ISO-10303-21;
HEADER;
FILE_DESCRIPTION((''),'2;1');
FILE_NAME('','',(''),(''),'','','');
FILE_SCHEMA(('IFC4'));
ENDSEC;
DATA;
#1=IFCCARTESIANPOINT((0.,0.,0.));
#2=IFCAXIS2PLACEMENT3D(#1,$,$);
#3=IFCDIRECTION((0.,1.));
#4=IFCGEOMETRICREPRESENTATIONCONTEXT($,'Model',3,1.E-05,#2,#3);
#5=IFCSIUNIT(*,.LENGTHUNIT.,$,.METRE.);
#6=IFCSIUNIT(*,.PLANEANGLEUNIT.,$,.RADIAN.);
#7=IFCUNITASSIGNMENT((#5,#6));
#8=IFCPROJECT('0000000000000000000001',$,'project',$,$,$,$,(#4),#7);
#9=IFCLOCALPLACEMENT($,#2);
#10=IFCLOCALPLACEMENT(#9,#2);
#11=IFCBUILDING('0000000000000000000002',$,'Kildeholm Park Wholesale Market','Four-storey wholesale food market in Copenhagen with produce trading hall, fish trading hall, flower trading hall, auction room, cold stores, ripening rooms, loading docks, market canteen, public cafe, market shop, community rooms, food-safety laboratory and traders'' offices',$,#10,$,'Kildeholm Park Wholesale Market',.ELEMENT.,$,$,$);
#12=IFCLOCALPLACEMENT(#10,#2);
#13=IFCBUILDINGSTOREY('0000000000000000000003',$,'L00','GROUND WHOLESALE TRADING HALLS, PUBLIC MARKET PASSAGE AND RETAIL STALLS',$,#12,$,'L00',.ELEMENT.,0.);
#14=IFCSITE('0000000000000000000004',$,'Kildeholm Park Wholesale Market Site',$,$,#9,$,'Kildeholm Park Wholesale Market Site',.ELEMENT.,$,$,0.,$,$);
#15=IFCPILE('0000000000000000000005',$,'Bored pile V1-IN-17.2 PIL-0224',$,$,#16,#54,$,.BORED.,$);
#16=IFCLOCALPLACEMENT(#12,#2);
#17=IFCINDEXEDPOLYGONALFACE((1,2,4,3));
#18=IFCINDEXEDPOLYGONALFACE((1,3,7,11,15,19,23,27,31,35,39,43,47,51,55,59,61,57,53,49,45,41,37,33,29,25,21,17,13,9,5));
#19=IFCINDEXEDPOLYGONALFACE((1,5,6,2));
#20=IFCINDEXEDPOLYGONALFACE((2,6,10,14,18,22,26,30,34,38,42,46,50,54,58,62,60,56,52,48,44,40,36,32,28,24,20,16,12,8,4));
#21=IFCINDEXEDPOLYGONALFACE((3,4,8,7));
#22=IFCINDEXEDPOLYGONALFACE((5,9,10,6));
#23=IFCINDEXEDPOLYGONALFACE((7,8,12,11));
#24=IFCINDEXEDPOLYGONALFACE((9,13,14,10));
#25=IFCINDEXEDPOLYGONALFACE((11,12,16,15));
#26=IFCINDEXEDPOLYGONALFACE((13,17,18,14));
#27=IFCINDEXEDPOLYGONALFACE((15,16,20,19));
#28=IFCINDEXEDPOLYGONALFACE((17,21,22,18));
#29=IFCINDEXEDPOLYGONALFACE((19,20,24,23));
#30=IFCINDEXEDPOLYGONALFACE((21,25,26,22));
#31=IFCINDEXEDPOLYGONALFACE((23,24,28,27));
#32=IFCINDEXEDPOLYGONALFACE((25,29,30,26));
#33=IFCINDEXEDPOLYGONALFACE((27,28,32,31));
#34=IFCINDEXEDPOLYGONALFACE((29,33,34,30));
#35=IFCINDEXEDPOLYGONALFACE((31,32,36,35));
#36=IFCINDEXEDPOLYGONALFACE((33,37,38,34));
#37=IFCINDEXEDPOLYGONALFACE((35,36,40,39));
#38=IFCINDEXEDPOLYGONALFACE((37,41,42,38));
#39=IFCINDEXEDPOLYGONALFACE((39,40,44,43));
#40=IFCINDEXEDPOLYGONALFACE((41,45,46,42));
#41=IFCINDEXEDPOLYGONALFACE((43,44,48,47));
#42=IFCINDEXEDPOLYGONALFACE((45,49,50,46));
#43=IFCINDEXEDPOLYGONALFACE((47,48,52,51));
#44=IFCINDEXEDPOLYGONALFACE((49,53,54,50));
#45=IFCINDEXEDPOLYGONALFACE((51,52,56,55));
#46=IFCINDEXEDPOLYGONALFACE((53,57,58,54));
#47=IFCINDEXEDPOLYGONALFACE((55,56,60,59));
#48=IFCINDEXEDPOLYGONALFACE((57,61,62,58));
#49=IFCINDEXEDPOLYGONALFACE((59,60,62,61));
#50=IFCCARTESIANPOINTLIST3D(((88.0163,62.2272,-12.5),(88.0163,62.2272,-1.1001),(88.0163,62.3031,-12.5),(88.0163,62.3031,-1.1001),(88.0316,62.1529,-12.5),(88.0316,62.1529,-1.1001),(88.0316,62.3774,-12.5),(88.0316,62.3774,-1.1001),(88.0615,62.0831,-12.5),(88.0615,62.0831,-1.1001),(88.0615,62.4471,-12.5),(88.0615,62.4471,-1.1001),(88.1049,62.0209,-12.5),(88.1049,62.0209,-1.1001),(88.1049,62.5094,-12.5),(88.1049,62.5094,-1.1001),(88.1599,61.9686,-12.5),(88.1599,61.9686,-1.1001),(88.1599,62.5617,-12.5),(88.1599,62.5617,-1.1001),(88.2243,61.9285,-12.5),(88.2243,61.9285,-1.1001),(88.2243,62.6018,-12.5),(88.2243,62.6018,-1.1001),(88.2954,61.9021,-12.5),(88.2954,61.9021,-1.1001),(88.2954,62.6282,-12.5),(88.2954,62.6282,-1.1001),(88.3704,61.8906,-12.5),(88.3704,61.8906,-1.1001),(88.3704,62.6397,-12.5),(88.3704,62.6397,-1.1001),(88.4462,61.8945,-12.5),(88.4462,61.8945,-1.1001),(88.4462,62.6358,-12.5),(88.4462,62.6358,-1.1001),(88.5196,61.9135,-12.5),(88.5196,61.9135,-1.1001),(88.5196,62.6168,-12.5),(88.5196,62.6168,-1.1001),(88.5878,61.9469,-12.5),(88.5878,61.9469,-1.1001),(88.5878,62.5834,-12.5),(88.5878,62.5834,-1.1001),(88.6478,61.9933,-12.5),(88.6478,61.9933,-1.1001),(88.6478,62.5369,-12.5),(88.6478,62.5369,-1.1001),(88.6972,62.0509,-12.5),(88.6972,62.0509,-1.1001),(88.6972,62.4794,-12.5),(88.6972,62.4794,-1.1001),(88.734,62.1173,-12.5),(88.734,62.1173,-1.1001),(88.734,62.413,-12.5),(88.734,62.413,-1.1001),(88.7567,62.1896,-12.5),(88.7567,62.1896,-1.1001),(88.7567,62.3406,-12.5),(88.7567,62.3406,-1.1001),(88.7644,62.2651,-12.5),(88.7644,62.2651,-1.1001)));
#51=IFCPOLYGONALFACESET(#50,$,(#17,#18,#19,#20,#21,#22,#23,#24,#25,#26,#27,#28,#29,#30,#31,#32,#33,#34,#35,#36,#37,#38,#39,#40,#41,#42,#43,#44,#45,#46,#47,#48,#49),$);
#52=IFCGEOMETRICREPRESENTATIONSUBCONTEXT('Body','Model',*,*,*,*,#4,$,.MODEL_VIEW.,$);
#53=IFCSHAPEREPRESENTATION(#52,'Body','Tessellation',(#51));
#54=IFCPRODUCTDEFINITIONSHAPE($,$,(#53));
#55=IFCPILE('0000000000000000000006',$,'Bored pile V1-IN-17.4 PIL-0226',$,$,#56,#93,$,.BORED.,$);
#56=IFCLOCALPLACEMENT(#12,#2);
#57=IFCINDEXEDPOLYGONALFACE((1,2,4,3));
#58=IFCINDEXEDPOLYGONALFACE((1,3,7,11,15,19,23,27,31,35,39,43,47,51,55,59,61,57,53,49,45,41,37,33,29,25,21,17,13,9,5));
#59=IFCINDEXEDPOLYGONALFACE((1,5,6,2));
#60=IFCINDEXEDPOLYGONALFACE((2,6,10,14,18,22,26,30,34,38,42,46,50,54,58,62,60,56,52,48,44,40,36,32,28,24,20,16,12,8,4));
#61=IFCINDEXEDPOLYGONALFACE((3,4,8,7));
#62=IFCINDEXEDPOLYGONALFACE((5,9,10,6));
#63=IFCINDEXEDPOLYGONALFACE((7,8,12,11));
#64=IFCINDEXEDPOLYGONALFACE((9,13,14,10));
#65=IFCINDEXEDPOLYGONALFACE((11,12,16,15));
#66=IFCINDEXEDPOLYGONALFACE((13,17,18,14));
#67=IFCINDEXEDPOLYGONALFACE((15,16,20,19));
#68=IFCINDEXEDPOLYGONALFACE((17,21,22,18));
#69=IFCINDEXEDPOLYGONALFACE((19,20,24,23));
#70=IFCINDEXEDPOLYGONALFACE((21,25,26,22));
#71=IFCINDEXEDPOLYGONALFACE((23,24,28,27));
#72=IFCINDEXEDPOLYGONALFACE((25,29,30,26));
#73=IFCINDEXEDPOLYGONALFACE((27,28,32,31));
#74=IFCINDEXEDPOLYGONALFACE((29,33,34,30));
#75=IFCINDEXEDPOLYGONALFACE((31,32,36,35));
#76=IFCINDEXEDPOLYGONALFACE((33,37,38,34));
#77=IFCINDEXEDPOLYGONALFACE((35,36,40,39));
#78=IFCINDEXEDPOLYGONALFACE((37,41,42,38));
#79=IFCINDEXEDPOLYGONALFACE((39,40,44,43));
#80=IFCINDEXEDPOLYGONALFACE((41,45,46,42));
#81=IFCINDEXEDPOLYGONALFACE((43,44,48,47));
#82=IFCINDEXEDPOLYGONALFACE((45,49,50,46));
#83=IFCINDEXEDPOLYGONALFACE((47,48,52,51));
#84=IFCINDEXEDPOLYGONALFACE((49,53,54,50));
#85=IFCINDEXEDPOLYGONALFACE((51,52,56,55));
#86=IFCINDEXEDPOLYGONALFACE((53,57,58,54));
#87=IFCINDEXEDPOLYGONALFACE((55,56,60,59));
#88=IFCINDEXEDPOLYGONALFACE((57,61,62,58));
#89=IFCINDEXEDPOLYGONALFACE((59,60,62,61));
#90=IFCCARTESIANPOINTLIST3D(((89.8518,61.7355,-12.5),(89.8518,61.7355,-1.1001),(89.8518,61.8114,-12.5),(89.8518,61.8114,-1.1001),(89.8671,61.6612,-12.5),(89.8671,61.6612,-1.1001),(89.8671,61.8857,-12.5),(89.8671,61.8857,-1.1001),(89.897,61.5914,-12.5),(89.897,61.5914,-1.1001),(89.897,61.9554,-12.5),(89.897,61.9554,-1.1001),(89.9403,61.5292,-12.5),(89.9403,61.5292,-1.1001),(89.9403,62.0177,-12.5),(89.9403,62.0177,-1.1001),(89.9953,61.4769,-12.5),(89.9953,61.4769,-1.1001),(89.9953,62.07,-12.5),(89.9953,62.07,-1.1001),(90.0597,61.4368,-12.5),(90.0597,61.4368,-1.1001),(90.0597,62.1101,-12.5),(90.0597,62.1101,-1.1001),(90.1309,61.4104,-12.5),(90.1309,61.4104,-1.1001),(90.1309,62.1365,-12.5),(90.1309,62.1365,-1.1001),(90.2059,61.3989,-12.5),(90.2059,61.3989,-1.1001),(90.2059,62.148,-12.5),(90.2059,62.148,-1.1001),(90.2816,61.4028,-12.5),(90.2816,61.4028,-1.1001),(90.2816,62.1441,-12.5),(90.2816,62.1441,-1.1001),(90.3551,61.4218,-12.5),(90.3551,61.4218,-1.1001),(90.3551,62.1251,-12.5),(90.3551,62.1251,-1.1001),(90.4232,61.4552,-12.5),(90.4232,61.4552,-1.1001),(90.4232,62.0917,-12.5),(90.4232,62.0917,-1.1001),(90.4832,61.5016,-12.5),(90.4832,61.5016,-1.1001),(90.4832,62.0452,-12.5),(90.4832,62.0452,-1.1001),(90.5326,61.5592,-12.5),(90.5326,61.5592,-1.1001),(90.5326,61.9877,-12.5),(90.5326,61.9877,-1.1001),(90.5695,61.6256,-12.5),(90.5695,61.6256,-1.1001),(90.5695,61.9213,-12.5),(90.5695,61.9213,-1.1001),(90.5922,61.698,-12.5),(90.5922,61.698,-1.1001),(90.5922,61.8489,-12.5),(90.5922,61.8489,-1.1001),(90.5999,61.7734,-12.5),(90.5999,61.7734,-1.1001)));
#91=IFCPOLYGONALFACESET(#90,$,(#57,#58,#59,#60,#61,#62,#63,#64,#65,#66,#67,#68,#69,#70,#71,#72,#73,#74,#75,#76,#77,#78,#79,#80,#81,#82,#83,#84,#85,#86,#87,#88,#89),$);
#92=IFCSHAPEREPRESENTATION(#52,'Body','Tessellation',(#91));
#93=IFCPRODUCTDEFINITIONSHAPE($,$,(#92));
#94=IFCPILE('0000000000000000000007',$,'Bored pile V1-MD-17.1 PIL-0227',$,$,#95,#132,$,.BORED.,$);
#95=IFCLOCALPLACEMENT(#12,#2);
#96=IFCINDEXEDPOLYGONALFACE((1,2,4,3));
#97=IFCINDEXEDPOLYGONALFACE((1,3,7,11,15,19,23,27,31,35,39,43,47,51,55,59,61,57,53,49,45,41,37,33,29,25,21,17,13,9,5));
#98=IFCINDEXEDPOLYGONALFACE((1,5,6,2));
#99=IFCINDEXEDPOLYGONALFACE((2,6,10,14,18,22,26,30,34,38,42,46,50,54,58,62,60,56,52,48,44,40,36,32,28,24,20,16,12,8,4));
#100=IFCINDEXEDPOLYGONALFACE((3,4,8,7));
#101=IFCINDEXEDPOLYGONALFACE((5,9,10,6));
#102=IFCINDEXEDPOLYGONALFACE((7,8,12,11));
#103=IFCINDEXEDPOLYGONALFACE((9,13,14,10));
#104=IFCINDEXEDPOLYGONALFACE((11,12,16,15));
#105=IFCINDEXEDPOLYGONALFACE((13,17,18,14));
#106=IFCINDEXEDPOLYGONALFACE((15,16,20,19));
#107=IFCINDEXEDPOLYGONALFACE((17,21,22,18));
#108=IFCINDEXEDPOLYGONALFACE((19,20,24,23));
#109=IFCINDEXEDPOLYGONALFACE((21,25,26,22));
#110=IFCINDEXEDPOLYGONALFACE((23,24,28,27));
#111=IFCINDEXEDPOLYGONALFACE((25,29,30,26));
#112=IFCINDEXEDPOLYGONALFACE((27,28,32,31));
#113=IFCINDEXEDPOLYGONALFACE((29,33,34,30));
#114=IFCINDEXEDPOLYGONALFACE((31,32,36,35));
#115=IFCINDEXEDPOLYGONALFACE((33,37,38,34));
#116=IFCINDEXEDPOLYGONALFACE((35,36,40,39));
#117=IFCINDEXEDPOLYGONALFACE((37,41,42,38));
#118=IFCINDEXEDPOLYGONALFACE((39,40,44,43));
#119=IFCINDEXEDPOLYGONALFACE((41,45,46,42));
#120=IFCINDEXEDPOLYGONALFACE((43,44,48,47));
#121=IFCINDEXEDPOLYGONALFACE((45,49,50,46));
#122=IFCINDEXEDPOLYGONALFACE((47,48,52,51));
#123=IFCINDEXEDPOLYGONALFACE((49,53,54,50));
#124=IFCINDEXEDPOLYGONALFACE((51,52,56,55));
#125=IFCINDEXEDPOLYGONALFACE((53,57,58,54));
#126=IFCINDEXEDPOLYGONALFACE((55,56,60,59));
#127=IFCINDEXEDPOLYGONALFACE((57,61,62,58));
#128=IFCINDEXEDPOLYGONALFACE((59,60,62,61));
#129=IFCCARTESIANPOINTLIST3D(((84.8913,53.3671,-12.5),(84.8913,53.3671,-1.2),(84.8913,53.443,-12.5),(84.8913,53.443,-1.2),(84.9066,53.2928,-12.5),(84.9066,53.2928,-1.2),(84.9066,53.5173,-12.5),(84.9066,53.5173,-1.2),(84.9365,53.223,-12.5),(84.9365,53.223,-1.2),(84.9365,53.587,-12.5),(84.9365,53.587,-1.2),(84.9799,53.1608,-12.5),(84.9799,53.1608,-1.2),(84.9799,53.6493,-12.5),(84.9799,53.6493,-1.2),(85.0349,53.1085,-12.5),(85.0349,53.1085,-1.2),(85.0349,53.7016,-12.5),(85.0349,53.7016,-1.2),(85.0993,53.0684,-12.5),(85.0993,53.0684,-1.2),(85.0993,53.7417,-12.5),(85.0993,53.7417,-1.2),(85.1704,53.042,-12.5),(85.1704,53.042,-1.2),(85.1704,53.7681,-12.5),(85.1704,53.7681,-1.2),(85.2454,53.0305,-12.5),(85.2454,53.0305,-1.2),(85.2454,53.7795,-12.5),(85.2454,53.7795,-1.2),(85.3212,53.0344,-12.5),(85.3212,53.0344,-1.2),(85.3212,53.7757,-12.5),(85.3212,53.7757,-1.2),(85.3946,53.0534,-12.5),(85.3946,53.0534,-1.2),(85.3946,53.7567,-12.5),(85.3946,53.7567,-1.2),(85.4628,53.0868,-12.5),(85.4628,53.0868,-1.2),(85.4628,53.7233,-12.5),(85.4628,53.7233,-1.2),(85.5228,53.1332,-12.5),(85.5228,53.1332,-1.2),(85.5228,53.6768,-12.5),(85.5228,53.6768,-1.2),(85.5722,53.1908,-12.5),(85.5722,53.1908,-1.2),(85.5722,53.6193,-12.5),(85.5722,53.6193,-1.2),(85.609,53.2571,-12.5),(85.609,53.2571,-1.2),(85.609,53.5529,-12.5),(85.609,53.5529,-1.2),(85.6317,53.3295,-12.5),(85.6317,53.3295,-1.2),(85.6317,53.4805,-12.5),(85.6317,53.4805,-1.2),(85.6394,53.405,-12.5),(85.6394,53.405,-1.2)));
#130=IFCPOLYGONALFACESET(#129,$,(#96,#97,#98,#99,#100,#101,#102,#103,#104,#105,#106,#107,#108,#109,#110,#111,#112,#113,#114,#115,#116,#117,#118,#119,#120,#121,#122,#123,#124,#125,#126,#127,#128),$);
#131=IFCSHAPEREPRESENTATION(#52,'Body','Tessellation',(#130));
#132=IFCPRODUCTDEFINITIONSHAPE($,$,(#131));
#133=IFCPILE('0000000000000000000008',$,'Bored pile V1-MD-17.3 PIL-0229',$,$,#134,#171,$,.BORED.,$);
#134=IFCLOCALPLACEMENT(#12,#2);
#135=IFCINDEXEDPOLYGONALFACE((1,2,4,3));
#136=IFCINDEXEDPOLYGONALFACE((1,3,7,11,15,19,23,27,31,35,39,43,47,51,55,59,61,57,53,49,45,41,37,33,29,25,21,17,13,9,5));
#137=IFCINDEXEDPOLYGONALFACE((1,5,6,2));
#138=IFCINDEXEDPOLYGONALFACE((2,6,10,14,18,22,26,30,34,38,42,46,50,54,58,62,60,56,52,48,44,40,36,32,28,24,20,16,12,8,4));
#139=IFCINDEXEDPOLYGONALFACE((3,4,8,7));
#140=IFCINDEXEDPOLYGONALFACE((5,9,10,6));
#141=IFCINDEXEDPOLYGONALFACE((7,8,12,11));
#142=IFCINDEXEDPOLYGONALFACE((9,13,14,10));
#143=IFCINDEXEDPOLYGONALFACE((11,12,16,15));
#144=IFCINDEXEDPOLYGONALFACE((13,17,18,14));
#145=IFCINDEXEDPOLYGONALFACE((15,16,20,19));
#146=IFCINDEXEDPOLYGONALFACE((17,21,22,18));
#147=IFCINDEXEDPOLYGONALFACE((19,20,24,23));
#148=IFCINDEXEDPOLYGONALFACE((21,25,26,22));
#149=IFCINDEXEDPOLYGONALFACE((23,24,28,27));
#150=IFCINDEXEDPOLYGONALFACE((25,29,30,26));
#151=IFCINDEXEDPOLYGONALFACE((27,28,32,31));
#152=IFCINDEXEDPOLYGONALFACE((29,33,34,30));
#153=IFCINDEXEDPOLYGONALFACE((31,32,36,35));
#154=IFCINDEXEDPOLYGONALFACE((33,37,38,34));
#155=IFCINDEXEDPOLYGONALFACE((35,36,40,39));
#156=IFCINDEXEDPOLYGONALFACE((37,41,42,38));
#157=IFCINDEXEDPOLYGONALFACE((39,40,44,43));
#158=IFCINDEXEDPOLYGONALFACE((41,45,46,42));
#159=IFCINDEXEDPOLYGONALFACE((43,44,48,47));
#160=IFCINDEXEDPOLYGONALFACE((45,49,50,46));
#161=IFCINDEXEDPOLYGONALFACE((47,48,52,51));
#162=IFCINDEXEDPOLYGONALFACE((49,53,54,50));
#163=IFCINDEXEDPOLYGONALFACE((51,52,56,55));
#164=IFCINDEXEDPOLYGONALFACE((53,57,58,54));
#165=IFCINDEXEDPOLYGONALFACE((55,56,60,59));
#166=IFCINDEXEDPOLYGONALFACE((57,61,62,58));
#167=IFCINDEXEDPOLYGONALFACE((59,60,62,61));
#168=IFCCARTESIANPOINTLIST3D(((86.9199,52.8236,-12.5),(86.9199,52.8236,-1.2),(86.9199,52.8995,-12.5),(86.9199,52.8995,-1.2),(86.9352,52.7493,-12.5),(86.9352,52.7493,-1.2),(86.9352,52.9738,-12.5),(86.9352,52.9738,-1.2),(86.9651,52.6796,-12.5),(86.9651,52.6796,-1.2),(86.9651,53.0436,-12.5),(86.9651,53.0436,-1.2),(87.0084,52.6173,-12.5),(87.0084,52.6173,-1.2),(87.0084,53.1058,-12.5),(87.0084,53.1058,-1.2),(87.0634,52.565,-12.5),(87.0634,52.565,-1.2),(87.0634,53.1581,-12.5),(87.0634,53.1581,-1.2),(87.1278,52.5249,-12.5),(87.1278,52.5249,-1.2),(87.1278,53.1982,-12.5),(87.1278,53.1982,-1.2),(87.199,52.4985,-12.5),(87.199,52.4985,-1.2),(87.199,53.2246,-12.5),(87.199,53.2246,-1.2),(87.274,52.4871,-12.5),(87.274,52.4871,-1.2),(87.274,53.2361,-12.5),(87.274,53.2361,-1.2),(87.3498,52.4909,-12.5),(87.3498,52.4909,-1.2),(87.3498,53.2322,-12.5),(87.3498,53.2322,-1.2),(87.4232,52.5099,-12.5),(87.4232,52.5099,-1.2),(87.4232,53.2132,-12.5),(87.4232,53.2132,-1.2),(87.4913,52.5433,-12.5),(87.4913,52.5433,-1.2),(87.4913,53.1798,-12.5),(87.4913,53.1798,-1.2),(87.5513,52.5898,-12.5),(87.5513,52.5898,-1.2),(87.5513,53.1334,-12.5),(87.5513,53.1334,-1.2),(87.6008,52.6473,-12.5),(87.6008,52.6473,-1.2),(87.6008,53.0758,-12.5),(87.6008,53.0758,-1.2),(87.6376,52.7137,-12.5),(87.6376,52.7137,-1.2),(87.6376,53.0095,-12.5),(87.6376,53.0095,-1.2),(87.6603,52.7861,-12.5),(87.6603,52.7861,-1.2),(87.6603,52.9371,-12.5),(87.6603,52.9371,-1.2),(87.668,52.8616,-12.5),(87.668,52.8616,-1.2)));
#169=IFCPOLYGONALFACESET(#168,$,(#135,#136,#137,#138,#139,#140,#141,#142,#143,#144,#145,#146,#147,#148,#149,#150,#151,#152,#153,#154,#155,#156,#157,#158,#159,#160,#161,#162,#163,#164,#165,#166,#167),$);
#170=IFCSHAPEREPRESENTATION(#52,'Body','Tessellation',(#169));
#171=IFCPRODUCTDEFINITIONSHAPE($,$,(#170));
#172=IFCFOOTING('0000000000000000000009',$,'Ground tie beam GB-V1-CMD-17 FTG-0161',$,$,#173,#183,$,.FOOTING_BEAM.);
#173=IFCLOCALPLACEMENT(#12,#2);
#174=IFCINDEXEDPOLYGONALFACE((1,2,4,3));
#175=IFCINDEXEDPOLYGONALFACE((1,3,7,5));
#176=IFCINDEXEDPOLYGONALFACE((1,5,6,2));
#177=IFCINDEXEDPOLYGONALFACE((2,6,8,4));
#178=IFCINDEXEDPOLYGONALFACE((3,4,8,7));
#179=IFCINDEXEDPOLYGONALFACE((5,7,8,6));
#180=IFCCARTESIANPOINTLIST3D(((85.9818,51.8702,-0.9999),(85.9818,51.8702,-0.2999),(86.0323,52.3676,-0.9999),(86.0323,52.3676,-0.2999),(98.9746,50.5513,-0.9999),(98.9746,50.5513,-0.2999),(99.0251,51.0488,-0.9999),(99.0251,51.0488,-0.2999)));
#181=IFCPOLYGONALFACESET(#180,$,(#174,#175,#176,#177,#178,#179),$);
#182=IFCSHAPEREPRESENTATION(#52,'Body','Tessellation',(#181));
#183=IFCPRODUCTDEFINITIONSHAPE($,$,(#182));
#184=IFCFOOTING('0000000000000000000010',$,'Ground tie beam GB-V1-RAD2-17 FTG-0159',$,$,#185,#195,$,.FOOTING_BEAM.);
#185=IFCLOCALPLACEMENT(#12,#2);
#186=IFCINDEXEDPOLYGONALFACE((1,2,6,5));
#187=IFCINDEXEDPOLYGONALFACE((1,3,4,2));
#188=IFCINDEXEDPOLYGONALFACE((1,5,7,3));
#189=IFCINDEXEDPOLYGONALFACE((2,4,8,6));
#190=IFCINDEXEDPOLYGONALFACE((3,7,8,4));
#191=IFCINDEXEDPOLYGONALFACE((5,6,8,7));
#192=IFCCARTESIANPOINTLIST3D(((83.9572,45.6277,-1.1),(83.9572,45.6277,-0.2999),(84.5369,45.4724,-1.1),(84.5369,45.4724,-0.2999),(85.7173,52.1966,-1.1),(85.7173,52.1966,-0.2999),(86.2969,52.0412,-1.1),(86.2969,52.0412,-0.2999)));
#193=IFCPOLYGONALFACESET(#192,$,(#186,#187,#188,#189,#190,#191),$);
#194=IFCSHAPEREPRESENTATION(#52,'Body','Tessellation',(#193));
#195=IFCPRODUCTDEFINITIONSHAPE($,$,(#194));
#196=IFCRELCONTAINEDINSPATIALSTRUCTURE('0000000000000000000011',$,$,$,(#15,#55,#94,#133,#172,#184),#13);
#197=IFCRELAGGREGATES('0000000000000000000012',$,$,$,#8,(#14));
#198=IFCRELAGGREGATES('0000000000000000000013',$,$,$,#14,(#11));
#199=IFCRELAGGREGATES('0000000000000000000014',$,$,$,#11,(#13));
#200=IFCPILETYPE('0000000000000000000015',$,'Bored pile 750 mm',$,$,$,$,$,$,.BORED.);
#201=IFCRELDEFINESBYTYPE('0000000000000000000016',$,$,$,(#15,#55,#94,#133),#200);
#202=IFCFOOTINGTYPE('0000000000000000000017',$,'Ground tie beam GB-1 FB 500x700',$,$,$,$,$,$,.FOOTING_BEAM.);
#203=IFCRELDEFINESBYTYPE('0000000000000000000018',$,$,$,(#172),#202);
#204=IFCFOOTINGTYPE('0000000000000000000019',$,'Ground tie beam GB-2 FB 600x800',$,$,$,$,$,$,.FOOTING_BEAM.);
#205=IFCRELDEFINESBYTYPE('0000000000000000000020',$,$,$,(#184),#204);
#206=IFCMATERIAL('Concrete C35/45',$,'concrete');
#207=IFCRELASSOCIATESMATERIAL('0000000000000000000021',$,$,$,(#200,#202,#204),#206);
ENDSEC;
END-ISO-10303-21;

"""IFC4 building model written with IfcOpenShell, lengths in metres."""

from ifc_helpers import new_model, si_unit, direction, frame, origin, origin_2d, place, context, subcontext, project, spatial, rectangle, circle, extrude, material, material_profile, profile_set, type_object, element, save


model = new_model("IFC4")

# Units and contexts
model_context = context("Model", 3, precision=1e-05, world=origin(), true_north=direction((0.0, 1.0)))
body_context = subcontext(model_context, "Body", "Model", "MODEL_VIEW")
ifc_project = project(units=[si_unit("LENGTHUNIT", "METRE"), si_unit("PLANEANGLEUNIT", "RADIAN")], contexts=[model_context])

# Site, building, storey
site_placement = place(None, origin())
site = spatial("IfcSite", under=ifc_project, at=site_placement, Name="Kildeholm Park Wholesale Market Site", LongName="Kildeholm Park Wholesale Market Site", CompositionType="ELEMENT", RefElevation=0.0)
building_placement = place(site_placement, origin())
building = spatial("IfcBuilding", under=site, at=building_placement, Name="Kildeholm Park Wholesale Market", Description="Four-storey wholesale food market in Copenhagen with produce trading hall, fish trading hall, flower trading hall, auction room, cold stores, ripening rooms, loading docks, market canteen, public cafe, market shop, community rooms, food-safety laboratory and traders' offices", LongName="Kildeholm Park Wholesale Market", CompositionType="ELEMENT")
storey_placement = place(building_placement, origin())
storey = spatial("IfcBuildingStorey", under=building, at=storey_placement, Name="L00", Description="GROUND WHOLESALE TRADING HALLS, PUBLIC MARKET PASSAGE AND RETAIL STALLS", LongName="L00", CompositionType="ELEMENT", Elevation=0.0)

# Piles
ifc_material_1 = material(Name="Concrete C35/45", Category="concrete")
ifc_material_profile_1 = material_profile(ifc_material_1, circle(Radius=0.375, at=origin_2d()), Name="PILE D750")
ifc_profile_set_1 = profile_set([ifc_material_profile_1], Name="Concrete C35/45")
pile_type = type_object("IfcPileType", Name="Bored pile 750 mm", PredefinedType="BORED", material=ifc_profile_set_1)
for number, where, z_axis, x_axis, name in (
    (1, (88.3894, 62.2651, -1.1001), (0.0, 0.0, -1.0), (1.0, 0.0, 0.0), "Bored pile V1-IN-17.2 PIL-0224"),
    (2, (90.2249, 61.7734, -1.1001), (0.0, 0.0, -1.0), (1.0, 0.0, 0.0), "Bored pile V1-IN-17.4 PIL-0226"),
):
    element("IfcPile", number, at=place(storey_placement, frame(where, z_axis=z_axis, x_axis=x_axis)), inside=storey, type_object=pile_type, Name=name, PredefinedType="BORED", context=body_context, shape_type="SweptSolid", body=[
        extrude(circle(Radius=0.375, at=origin_2d()), origin(), (0.0, 0.0, 1.0), 11.3999),
    ])
for number, where, z_axis, x_axis, name in (
    (3, (85.2644, 53.405, -1.2), (0.0, 0.0, -1.0), (1.0, 0.0, 0.0), "Bored pile V1-MD-17.1 PIL-0227"),
    (4, (87.293, 52.8616, -1.2), (0.0, 0.0, -1.0), (1.0, 0.0, 0.0), "Bored pile V1-MD-17.3 PIL-0229"),
):
    element("IfcPile", number, at=place(storey_placement, frame(where, z_axis=z_axis, x_axis=x_axis)), inside=storey, type_object=pile_type, Name=name, PredefinedType="BORED", context=body_context, shape_type="SweptSolid", body=[
        extrude(circle(Radius=0.375, at=origin_2d()), origin(), (0.0, 0.0, 1.0), 11.3),
    ])

# Footings
ifc_material_profile_2 = material_profile(ifc_material_1, rectangle(XDim=0.5, YDim=0.7, at=origin_2d()), Name="FB 500x700")
ifc_profile_set_2 = profile_set([ifc_material_profile_2], Name="Concrete C35/45")
footing_type_1 = type_object("IfcFootingType", Name="Ground tie beam GB-1 FB 500x700", PredefinedType="FOOTING_BEAM", material=ifc_profile_set_2)
footing_1_placement = place(storey_placement, frame((86.0071, 52.1189, -0.6499), z_axis=(0.994888, -0.100986, 0.0), x_axis=(0.100986, 0.994888, 0.0)))
element("IfcFooting", 5, at=footing_1_placement, inside=storey, type_object=footing_type_1, Name="Ground tie beam GB-V1-CMD-17 FTG-0161", PredefinedType="FOOTING_BEAM", context=body_context, shape_type="SweptSolid", body=[
    extrude(rectangle(XDim=0.5, YDim=0.7, at=origin_2d()), origin(), (0.0, 0.0, 1.0), 13.0596),
])
ifc_material_profile_3 = material_profile(ifc_material_1, rectangle(XDim=0.6001, YDim=0.8, at=origin_2d()), Name="FB 600x800")
ifc_profile_set_3 = profile_set([ifc_material_profile_3], Name="Concrete C35/45")
footing_type_2 = type_object("IfcFootingType", Name="Ground tie beam GB-2 FB 600x800", PredefinedType="FOOTING_BEAM", material=ifc_profile_set_3)
footing_2_placement = place(storey_placement, frame((86.0071, 52.1189, -0.7), z_axis=(-0.258804, -0.96593, 0.0), x_axis=(0.96593, -0.258804, 0.0)))
element("IfcFooting", 6, at=footing_2_placement, inside=storey, type_object=footing_type_2, Name="Ground tie beam GB-V1-RAD2-17 FTG-0159", PredefinedType="FOOTING_BEAM", context=body_context, shape_type="SweptSolid", body=[
    extrude(rectangle(XDim=0.6001, YDim=0.8, at=origin_2d()), origin(), (0.0, 0.0, 1.0), 6.8005),
])

save(model, "model.ifc")
